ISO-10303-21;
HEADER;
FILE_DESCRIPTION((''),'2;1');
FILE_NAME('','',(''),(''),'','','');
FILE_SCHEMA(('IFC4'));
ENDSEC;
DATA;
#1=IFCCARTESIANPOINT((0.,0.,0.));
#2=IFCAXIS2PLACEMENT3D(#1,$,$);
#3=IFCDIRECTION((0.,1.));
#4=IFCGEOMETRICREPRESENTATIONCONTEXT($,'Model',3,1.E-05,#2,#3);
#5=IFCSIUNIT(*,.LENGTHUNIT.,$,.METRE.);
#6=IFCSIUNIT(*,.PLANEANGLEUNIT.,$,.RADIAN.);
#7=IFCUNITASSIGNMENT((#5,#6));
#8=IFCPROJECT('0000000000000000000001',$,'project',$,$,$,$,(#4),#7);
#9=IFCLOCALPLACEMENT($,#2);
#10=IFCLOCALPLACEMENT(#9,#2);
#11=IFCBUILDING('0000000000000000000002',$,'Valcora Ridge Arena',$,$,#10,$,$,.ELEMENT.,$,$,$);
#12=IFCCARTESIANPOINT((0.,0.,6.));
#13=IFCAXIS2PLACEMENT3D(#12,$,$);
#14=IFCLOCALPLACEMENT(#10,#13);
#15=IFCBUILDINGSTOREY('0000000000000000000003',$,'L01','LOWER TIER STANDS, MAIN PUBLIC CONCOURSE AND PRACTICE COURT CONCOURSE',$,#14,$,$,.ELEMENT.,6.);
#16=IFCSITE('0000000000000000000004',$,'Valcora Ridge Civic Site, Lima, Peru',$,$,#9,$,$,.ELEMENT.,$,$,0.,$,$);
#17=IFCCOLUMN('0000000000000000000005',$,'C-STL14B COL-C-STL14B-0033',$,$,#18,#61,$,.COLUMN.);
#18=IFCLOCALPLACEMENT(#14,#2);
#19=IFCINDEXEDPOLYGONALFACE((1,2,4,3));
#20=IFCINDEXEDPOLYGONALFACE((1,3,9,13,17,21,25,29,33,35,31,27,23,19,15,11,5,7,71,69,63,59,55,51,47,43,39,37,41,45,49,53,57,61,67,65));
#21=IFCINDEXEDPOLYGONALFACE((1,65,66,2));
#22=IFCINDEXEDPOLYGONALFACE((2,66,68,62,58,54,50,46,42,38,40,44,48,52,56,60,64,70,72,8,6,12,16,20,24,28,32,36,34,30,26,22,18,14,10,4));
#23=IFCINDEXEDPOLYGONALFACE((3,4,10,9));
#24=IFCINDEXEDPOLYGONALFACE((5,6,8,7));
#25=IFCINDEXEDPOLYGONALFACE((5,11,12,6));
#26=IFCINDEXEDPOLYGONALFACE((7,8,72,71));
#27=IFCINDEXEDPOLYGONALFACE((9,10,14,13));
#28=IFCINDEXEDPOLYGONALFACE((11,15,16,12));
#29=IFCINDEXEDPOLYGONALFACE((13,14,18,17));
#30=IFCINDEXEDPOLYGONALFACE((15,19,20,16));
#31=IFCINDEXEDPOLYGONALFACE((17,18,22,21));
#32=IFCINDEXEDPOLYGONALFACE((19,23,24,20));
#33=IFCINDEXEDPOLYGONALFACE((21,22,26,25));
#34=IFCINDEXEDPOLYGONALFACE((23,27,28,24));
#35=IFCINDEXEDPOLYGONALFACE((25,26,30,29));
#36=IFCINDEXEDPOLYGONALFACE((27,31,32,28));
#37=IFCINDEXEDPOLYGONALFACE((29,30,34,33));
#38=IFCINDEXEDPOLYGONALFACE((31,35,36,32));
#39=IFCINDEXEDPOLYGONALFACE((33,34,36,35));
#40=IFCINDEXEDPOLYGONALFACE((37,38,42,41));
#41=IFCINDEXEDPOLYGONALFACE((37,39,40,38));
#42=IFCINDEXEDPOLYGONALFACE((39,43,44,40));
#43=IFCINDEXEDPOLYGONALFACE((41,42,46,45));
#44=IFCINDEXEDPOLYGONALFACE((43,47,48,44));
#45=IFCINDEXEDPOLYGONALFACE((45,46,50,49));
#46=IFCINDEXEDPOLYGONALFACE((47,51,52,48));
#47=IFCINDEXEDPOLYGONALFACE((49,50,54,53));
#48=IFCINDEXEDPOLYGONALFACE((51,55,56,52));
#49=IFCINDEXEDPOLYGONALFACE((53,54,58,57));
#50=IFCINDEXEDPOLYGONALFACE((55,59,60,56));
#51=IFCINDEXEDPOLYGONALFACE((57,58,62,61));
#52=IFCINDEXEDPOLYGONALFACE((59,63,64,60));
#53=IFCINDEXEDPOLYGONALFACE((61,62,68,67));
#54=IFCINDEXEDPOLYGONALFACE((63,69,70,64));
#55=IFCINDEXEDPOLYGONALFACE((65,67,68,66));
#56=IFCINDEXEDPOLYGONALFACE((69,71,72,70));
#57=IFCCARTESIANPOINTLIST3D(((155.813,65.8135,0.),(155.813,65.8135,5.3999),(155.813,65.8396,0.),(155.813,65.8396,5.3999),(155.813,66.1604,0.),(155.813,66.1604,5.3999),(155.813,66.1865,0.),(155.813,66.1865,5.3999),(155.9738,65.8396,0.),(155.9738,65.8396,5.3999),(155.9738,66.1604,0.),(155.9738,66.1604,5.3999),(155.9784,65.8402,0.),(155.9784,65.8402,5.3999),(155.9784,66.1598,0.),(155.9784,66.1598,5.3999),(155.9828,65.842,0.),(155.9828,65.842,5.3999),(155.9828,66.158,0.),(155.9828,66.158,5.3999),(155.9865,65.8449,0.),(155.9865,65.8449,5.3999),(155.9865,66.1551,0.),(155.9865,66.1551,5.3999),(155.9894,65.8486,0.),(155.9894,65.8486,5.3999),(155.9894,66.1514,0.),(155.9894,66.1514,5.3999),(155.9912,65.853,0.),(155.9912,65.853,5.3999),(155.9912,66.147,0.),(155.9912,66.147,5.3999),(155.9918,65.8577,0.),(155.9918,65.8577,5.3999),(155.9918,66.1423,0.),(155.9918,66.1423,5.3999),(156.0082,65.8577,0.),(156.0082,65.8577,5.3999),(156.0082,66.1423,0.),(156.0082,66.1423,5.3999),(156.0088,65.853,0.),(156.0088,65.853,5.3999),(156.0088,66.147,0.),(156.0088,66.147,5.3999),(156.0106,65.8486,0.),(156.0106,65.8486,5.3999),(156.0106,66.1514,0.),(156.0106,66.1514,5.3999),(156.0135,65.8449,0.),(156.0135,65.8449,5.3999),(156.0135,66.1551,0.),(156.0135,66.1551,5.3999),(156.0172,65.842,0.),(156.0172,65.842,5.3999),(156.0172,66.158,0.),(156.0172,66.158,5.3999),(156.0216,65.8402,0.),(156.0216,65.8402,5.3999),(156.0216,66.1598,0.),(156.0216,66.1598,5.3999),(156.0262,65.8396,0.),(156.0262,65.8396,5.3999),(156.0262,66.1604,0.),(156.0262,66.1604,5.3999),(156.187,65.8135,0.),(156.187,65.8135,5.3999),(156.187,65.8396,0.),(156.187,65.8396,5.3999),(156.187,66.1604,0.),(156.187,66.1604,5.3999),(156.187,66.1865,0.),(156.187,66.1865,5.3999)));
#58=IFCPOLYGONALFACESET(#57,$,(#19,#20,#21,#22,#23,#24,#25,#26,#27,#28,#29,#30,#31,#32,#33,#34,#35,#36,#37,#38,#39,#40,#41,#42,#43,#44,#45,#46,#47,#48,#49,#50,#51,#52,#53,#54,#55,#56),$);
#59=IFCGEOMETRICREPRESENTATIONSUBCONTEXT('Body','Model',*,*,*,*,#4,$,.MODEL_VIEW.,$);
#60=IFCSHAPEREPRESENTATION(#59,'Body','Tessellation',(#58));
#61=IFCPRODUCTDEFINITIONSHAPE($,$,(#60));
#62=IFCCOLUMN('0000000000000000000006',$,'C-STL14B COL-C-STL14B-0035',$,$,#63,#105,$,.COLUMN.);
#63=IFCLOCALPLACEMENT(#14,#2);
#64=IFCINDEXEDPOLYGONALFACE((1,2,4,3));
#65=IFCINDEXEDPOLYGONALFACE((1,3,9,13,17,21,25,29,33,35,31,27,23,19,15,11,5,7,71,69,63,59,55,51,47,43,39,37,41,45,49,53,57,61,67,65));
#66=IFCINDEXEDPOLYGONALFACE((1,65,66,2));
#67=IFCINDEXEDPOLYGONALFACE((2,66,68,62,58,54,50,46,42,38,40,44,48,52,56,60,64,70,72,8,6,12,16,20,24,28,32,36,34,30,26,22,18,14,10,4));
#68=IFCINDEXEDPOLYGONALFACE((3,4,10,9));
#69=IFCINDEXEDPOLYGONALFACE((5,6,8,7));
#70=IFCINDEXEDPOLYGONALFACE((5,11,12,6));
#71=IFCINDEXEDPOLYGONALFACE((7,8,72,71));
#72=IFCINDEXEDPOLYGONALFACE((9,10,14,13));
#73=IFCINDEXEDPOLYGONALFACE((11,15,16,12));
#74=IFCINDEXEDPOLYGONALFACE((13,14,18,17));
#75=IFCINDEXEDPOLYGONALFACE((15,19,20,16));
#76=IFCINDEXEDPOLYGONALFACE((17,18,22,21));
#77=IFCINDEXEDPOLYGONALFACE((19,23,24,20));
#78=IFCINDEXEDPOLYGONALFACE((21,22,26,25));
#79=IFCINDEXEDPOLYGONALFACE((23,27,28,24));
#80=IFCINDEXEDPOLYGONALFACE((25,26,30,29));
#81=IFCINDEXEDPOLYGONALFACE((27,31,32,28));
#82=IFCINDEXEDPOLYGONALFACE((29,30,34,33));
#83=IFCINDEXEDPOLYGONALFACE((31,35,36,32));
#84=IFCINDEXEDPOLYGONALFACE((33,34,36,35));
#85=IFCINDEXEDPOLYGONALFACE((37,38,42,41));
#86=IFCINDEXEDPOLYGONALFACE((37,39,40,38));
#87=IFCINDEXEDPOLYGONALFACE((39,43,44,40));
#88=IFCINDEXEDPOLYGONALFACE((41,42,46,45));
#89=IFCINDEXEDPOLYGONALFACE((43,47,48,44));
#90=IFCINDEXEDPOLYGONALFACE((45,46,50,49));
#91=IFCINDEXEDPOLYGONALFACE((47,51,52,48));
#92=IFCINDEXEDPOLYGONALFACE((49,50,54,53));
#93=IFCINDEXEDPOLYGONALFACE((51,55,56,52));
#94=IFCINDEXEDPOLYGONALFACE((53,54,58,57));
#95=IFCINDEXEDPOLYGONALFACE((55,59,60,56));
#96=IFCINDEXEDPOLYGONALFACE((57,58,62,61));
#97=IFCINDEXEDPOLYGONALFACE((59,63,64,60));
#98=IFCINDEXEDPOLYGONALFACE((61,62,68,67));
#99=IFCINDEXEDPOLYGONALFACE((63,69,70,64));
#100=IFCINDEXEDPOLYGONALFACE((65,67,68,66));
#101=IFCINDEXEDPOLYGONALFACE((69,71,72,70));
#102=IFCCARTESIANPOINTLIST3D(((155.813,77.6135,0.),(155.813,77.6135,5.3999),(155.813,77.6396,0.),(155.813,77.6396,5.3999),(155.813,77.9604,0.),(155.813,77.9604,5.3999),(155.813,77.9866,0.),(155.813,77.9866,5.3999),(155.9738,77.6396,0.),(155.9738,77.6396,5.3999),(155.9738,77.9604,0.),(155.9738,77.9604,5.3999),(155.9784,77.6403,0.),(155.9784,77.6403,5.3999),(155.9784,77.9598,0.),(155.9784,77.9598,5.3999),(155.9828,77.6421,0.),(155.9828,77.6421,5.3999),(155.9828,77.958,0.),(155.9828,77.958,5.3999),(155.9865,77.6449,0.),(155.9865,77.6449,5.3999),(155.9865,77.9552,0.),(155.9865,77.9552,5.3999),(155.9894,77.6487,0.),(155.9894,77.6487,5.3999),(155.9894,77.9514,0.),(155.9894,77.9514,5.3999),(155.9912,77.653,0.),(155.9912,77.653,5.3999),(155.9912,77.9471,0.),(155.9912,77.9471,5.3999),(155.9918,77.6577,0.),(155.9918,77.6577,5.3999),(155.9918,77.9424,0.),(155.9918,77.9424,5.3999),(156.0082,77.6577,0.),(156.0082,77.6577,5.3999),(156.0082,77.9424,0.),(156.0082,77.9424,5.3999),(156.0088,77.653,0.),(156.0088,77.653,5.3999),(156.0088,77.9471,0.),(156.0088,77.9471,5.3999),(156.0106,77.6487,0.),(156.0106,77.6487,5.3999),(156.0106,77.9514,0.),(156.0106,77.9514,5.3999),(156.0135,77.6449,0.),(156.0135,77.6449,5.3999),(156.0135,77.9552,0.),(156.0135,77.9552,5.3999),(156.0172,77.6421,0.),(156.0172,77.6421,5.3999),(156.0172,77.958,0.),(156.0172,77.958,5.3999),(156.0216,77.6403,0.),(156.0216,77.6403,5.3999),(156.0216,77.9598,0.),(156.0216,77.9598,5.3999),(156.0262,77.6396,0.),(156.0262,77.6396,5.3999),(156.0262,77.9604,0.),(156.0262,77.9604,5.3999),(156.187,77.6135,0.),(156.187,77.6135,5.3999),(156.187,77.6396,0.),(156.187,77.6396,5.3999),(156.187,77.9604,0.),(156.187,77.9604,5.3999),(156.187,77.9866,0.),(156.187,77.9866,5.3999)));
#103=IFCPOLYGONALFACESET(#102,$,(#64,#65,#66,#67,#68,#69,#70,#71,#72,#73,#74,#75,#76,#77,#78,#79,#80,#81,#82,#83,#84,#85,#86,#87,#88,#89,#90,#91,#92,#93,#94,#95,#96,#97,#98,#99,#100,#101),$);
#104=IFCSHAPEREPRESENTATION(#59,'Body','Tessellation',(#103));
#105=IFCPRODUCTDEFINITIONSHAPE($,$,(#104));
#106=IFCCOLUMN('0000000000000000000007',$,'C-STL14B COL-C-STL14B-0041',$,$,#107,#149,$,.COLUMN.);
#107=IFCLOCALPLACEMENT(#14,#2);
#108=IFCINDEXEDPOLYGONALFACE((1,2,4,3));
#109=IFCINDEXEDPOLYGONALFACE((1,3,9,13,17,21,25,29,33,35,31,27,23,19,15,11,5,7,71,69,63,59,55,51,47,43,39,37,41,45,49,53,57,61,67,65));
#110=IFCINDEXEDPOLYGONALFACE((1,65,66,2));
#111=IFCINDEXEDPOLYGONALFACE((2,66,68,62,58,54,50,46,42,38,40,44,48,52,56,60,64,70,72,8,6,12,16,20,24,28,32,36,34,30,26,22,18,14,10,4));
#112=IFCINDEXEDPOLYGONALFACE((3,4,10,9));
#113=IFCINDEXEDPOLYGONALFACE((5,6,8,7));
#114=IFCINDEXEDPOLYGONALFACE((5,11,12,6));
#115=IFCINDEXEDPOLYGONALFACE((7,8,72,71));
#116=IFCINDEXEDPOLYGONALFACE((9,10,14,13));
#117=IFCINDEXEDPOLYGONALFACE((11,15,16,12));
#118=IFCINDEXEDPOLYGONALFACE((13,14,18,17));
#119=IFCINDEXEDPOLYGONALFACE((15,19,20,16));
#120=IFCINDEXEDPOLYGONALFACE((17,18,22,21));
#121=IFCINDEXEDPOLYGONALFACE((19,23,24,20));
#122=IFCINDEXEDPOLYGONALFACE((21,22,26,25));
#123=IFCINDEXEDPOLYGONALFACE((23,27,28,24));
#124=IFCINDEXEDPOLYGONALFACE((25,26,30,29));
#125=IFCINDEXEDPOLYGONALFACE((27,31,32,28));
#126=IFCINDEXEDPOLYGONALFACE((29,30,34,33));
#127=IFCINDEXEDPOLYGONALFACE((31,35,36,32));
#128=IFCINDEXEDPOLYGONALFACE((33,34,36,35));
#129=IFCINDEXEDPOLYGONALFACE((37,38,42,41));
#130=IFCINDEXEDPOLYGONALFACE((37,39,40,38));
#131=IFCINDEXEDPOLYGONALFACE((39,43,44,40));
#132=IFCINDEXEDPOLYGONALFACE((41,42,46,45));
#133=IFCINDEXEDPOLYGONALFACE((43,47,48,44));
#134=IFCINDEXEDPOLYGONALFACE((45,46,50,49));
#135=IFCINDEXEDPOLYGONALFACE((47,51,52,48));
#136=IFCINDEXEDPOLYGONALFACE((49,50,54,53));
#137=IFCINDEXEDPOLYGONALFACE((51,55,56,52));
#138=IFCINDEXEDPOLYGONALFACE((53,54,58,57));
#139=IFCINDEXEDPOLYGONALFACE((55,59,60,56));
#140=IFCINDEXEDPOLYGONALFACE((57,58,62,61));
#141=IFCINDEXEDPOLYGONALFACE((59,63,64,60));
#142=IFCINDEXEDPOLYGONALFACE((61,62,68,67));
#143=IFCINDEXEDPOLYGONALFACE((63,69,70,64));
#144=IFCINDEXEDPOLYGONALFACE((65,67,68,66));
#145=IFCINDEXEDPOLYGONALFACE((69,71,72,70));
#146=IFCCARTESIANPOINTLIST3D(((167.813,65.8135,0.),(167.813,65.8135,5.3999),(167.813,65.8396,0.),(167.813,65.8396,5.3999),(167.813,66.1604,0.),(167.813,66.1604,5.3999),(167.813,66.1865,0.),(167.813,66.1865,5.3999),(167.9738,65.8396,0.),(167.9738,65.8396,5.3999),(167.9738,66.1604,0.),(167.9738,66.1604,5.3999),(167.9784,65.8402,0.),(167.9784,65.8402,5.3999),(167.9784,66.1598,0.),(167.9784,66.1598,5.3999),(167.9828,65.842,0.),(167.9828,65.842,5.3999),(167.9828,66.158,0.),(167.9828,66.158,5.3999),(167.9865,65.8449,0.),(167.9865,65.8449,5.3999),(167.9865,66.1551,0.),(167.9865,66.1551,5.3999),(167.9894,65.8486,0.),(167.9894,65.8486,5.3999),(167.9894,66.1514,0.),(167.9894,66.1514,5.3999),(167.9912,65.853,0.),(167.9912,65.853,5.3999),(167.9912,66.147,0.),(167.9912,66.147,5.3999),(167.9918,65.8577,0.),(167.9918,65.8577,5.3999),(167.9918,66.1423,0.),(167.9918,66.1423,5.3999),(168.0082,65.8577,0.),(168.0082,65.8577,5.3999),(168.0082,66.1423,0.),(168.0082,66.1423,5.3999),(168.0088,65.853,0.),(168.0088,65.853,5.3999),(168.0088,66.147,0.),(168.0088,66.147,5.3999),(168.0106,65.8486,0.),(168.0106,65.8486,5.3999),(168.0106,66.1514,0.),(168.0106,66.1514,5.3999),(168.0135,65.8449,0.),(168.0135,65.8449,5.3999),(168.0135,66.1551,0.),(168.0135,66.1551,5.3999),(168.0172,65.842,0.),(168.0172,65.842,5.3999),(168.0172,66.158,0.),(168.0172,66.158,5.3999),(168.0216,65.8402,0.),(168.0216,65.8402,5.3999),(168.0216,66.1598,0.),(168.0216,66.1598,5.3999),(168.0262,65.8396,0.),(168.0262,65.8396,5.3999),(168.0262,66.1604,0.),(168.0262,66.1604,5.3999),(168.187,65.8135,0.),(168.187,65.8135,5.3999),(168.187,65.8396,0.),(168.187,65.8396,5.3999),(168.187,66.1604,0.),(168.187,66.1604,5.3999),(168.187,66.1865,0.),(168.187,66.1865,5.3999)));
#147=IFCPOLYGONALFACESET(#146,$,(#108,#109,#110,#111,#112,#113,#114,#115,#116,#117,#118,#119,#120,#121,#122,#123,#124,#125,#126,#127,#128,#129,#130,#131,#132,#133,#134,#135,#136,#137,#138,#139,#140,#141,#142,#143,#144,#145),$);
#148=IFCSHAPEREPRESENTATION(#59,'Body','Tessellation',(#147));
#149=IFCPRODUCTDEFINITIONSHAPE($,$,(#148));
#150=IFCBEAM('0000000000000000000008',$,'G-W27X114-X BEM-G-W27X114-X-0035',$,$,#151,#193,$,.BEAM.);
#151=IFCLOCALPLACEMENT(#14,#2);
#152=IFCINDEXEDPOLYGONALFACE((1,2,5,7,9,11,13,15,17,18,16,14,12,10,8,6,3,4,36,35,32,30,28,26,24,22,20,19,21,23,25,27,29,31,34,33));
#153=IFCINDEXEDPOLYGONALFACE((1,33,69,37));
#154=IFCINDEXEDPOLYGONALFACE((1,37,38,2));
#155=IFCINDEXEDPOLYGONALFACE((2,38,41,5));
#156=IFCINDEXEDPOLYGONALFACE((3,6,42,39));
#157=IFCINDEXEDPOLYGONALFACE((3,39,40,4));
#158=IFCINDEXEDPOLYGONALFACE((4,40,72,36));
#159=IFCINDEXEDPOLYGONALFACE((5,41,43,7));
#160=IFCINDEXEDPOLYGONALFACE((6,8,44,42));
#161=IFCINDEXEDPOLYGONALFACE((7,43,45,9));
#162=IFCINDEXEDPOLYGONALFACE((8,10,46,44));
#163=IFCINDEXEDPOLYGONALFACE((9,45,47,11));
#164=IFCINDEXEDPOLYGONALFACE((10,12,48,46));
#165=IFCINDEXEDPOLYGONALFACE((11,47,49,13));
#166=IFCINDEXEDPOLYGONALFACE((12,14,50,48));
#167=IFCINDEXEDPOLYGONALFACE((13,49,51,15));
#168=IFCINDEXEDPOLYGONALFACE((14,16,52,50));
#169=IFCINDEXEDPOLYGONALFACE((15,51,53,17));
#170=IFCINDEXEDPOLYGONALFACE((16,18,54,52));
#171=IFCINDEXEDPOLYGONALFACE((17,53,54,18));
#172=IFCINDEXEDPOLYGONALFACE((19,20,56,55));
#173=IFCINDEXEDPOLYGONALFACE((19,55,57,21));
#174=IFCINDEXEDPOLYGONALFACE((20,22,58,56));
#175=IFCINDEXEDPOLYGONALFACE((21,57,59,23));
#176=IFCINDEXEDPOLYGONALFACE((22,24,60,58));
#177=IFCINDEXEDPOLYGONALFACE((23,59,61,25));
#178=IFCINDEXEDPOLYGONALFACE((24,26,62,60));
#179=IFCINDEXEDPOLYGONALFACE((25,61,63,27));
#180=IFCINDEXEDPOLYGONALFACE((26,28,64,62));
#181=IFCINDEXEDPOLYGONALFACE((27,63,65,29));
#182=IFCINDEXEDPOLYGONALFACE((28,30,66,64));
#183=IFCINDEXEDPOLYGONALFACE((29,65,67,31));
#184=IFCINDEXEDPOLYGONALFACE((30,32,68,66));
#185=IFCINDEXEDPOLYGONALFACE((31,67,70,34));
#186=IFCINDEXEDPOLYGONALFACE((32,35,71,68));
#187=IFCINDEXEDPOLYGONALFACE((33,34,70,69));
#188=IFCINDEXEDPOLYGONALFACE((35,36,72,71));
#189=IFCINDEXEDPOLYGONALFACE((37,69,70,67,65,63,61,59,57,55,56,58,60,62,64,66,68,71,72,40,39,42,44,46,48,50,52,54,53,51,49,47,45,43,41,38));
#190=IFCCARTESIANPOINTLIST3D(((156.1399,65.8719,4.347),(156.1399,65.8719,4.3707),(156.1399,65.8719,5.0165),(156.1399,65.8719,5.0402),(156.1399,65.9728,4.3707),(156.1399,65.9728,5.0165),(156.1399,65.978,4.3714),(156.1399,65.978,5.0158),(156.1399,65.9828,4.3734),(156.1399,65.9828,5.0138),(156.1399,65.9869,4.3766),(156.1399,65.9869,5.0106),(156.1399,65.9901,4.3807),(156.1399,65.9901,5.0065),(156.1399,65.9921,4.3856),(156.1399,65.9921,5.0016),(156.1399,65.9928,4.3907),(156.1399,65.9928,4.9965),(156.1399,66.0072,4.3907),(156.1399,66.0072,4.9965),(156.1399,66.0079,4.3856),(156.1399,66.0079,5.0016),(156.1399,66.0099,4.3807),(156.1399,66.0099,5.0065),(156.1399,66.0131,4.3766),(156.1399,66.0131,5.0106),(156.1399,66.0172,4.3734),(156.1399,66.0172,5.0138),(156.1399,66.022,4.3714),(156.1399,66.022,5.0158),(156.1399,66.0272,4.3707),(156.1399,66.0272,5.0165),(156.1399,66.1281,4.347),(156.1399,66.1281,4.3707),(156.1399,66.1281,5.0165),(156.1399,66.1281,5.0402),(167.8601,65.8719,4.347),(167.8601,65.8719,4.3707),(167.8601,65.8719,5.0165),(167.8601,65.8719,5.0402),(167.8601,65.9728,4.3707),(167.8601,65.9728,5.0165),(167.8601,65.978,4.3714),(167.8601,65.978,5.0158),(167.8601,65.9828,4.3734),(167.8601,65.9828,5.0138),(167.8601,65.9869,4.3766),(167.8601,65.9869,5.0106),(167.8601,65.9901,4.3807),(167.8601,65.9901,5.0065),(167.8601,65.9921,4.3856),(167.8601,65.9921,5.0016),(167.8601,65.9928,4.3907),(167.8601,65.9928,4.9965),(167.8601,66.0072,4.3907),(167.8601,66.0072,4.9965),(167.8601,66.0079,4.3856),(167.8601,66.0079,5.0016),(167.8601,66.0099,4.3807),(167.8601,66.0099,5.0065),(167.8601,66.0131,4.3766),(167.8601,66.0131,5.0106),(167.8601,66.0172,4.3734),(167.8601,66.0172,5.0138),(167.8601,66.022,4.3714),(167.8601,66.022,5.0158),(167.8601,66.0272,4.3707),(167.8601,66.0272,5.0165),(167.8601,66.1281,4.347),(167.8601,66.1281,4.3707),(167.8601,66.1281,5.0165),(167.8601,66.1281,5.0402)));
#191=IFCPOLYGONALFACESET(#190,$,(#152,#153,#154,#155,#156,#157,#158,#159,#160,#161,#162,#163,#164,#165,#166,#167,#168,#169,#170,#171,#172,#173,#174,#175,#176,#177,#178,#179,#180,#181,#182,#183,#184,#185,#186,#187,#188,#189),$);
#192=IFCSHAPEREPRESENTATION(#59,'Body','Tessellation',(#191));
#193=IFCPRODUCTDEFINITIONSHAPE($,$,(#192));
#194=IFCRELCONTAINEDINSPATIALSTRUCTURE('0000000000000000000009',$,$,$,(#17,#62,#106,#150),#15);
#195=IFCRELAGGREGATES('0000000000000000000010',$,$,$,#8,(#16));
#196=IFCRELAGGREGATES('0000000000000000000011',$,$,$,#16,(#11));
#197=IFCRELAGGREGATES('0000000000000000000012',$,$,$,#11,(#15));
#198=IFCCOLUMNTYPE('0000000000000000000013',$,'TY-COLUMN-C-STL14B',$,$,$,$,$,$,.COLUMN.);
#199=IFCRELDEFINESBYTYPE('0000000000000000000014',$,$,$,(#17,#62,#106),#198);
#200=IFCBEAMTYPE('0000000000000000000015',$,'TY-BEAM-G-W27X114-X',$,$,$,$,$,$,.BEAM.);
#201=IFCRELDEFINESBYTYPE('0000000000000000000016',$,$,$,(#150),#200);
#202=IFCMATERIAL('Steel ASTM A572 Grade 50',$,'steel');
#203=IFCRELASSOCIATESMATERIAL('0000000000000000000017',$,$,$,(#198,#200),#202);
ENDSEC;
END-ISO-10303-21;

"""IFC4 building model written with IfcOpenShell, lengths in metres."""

from ifc_helpers import new_model, si_unit, direction, frame, origin, origin_2d, place, context, subcontext, project, spatial, i_section, extrude, material, material_profile, profile_set, type_object, element, save


model = new_model("IFC4")

# Units and contexts
model_context = context("Model", 3, precision=1e-05, world=origin(), true_north=direction((0.0, 1.0)))
body_context = subcontext(model_context, "Body", "Model", "MODEL_VIEW")
ifc_project = project(units=[si_unit("LENGTHUNIT", "METRE"), si_unit("PLANEANGLEUNIT", "RADIAN")], contexts=[model_context])

# Site, building, storey
site_placement = place(None, origin())
site = spatial("IfcSite", under=ifc_project, at=site_placement, Name="Valcora Ridge Civic Site, Lima, Peru", CompositionType="ELEMENT", RefElevation=0.0)
building_placement = place(site_placement, origin())
building = spatial("IfcBuilding", under=site, at=building_placement, Name="Valcora Ridge Arena", CompositionType="ELEMENT")
storey_placement = place(building_placement, frame((0.0, 0.0, 6.0)))
storey = spatial("IfcBuildingStorey", under=building, at=storey_placement, Name="L01", Description="LOWER TIER STANDS, MAIN PUBLIC CONCOURSE AND PRACTICE COURT CONCOURSE", CompositionType="ELEMENT", Elevation=6.0)

# Columns
ifc_material_1 = material(Name="Steel ASTM A572 Grade 50", Category="steel")
ifc_material_profile_1 = material_profile(ifc_material_1, i_section(OverallWidth=0.374, OverallDepth=0.373, WebThickness=0.0164, FlangeThickness=0.0261, FilletRadius=0.0181, at=origin_2d()), Name="W14X132")
ifc_profile_set_1 = profile_set([ifc_material_profile_1], Name="Steel ASTM A572 Grade 50")
column_type = type_object("IfcColumnType", Name="TY-COLUMN-C-STL14B", PredefinedType="COLUMN", material=ifc_profile_set_1)
for number, where, z_axis, x_axis, name in (
    (1, (156.0, 66.0, 0.0), (0.0, 0.0, 1.0), (1.0, 0.0, 0.0), "C-STL14B COL-C-STL14B-0033"),
    (2, (156.0, 77.8, 0.0), (0.0, 0.0, 1.0), (1.0, 0.0, 0.0), "C-STL14B COL-C-STL14B-0035"),
    (3, (168.0, 66.0, 0.0), (0.0, 0.0, 1.0), (1.0, 0.0, 0.0), "C-STL14B COL-C-STL14B-0041"),
):
    element("IfcColumn", number, at=place(storey_placement, frame(where, z_axis=z_axis, x_axis=x_axis)), inside=storey, type_object=column_type, Name=name, PredefinedType="COLUMN", context=body_context, shape_type="SweptSolid", body=[
        extrude(i_section(OverallWidth=0.374, OverallDepth=0.373, WebThickness=0.0164, FlangeThickness=0.0261, FilletRadius=0.0181, at=origin_2d()), origin(), (0.0, 0.0, 1.0), 5.3999),
    ])

# Beam
ifc_material_profile_2 = material_profile(ifc_material_1, i_section(OverallWidth=0.2561, OverallDepth=0.6931, WebThickness=0.0144, FlangeThickness=0.0237, FilletRadius=0.02, at=origin_2d()), Name="W27X114")
ifc_profile_set_2 = profile_set([ifc_material_profile_2], Name="Steel ASTM A572 Grade 50")
beam_type_1 = type_object("IfcBeamType", Name="TY-BEAM-G-W27X114-X", PredefinedType="BEAM", material=ifc_profile_set_2)
beam_1_placement = place(storey_placement, frame((156.1399, 66.0, 4.6936), z_axis=(1.0, 0.0, 0.0), x_axis=(0.0, 1.0, 0.0)))
element("IfcBeam", 4, at=beam_1_placement, inside=storey, type_object=beam_type_1, Name="G-W27X114-X BEM-G-W27X114-X-0035", PredefinedType="BEAM", context=body_context, shape_type="SweptSolid", body=[
    extrude(i_section(OverallWidth=0.2561, OverallDepth=0.6931, WebThickness=0.0144, FlangeThickness=0.0237, FilletRadius=0.02, at=origin_2d()), origin(), (0.0, 0.0, 1.0), 11.7202),
])

save(model, "model.ifc")
